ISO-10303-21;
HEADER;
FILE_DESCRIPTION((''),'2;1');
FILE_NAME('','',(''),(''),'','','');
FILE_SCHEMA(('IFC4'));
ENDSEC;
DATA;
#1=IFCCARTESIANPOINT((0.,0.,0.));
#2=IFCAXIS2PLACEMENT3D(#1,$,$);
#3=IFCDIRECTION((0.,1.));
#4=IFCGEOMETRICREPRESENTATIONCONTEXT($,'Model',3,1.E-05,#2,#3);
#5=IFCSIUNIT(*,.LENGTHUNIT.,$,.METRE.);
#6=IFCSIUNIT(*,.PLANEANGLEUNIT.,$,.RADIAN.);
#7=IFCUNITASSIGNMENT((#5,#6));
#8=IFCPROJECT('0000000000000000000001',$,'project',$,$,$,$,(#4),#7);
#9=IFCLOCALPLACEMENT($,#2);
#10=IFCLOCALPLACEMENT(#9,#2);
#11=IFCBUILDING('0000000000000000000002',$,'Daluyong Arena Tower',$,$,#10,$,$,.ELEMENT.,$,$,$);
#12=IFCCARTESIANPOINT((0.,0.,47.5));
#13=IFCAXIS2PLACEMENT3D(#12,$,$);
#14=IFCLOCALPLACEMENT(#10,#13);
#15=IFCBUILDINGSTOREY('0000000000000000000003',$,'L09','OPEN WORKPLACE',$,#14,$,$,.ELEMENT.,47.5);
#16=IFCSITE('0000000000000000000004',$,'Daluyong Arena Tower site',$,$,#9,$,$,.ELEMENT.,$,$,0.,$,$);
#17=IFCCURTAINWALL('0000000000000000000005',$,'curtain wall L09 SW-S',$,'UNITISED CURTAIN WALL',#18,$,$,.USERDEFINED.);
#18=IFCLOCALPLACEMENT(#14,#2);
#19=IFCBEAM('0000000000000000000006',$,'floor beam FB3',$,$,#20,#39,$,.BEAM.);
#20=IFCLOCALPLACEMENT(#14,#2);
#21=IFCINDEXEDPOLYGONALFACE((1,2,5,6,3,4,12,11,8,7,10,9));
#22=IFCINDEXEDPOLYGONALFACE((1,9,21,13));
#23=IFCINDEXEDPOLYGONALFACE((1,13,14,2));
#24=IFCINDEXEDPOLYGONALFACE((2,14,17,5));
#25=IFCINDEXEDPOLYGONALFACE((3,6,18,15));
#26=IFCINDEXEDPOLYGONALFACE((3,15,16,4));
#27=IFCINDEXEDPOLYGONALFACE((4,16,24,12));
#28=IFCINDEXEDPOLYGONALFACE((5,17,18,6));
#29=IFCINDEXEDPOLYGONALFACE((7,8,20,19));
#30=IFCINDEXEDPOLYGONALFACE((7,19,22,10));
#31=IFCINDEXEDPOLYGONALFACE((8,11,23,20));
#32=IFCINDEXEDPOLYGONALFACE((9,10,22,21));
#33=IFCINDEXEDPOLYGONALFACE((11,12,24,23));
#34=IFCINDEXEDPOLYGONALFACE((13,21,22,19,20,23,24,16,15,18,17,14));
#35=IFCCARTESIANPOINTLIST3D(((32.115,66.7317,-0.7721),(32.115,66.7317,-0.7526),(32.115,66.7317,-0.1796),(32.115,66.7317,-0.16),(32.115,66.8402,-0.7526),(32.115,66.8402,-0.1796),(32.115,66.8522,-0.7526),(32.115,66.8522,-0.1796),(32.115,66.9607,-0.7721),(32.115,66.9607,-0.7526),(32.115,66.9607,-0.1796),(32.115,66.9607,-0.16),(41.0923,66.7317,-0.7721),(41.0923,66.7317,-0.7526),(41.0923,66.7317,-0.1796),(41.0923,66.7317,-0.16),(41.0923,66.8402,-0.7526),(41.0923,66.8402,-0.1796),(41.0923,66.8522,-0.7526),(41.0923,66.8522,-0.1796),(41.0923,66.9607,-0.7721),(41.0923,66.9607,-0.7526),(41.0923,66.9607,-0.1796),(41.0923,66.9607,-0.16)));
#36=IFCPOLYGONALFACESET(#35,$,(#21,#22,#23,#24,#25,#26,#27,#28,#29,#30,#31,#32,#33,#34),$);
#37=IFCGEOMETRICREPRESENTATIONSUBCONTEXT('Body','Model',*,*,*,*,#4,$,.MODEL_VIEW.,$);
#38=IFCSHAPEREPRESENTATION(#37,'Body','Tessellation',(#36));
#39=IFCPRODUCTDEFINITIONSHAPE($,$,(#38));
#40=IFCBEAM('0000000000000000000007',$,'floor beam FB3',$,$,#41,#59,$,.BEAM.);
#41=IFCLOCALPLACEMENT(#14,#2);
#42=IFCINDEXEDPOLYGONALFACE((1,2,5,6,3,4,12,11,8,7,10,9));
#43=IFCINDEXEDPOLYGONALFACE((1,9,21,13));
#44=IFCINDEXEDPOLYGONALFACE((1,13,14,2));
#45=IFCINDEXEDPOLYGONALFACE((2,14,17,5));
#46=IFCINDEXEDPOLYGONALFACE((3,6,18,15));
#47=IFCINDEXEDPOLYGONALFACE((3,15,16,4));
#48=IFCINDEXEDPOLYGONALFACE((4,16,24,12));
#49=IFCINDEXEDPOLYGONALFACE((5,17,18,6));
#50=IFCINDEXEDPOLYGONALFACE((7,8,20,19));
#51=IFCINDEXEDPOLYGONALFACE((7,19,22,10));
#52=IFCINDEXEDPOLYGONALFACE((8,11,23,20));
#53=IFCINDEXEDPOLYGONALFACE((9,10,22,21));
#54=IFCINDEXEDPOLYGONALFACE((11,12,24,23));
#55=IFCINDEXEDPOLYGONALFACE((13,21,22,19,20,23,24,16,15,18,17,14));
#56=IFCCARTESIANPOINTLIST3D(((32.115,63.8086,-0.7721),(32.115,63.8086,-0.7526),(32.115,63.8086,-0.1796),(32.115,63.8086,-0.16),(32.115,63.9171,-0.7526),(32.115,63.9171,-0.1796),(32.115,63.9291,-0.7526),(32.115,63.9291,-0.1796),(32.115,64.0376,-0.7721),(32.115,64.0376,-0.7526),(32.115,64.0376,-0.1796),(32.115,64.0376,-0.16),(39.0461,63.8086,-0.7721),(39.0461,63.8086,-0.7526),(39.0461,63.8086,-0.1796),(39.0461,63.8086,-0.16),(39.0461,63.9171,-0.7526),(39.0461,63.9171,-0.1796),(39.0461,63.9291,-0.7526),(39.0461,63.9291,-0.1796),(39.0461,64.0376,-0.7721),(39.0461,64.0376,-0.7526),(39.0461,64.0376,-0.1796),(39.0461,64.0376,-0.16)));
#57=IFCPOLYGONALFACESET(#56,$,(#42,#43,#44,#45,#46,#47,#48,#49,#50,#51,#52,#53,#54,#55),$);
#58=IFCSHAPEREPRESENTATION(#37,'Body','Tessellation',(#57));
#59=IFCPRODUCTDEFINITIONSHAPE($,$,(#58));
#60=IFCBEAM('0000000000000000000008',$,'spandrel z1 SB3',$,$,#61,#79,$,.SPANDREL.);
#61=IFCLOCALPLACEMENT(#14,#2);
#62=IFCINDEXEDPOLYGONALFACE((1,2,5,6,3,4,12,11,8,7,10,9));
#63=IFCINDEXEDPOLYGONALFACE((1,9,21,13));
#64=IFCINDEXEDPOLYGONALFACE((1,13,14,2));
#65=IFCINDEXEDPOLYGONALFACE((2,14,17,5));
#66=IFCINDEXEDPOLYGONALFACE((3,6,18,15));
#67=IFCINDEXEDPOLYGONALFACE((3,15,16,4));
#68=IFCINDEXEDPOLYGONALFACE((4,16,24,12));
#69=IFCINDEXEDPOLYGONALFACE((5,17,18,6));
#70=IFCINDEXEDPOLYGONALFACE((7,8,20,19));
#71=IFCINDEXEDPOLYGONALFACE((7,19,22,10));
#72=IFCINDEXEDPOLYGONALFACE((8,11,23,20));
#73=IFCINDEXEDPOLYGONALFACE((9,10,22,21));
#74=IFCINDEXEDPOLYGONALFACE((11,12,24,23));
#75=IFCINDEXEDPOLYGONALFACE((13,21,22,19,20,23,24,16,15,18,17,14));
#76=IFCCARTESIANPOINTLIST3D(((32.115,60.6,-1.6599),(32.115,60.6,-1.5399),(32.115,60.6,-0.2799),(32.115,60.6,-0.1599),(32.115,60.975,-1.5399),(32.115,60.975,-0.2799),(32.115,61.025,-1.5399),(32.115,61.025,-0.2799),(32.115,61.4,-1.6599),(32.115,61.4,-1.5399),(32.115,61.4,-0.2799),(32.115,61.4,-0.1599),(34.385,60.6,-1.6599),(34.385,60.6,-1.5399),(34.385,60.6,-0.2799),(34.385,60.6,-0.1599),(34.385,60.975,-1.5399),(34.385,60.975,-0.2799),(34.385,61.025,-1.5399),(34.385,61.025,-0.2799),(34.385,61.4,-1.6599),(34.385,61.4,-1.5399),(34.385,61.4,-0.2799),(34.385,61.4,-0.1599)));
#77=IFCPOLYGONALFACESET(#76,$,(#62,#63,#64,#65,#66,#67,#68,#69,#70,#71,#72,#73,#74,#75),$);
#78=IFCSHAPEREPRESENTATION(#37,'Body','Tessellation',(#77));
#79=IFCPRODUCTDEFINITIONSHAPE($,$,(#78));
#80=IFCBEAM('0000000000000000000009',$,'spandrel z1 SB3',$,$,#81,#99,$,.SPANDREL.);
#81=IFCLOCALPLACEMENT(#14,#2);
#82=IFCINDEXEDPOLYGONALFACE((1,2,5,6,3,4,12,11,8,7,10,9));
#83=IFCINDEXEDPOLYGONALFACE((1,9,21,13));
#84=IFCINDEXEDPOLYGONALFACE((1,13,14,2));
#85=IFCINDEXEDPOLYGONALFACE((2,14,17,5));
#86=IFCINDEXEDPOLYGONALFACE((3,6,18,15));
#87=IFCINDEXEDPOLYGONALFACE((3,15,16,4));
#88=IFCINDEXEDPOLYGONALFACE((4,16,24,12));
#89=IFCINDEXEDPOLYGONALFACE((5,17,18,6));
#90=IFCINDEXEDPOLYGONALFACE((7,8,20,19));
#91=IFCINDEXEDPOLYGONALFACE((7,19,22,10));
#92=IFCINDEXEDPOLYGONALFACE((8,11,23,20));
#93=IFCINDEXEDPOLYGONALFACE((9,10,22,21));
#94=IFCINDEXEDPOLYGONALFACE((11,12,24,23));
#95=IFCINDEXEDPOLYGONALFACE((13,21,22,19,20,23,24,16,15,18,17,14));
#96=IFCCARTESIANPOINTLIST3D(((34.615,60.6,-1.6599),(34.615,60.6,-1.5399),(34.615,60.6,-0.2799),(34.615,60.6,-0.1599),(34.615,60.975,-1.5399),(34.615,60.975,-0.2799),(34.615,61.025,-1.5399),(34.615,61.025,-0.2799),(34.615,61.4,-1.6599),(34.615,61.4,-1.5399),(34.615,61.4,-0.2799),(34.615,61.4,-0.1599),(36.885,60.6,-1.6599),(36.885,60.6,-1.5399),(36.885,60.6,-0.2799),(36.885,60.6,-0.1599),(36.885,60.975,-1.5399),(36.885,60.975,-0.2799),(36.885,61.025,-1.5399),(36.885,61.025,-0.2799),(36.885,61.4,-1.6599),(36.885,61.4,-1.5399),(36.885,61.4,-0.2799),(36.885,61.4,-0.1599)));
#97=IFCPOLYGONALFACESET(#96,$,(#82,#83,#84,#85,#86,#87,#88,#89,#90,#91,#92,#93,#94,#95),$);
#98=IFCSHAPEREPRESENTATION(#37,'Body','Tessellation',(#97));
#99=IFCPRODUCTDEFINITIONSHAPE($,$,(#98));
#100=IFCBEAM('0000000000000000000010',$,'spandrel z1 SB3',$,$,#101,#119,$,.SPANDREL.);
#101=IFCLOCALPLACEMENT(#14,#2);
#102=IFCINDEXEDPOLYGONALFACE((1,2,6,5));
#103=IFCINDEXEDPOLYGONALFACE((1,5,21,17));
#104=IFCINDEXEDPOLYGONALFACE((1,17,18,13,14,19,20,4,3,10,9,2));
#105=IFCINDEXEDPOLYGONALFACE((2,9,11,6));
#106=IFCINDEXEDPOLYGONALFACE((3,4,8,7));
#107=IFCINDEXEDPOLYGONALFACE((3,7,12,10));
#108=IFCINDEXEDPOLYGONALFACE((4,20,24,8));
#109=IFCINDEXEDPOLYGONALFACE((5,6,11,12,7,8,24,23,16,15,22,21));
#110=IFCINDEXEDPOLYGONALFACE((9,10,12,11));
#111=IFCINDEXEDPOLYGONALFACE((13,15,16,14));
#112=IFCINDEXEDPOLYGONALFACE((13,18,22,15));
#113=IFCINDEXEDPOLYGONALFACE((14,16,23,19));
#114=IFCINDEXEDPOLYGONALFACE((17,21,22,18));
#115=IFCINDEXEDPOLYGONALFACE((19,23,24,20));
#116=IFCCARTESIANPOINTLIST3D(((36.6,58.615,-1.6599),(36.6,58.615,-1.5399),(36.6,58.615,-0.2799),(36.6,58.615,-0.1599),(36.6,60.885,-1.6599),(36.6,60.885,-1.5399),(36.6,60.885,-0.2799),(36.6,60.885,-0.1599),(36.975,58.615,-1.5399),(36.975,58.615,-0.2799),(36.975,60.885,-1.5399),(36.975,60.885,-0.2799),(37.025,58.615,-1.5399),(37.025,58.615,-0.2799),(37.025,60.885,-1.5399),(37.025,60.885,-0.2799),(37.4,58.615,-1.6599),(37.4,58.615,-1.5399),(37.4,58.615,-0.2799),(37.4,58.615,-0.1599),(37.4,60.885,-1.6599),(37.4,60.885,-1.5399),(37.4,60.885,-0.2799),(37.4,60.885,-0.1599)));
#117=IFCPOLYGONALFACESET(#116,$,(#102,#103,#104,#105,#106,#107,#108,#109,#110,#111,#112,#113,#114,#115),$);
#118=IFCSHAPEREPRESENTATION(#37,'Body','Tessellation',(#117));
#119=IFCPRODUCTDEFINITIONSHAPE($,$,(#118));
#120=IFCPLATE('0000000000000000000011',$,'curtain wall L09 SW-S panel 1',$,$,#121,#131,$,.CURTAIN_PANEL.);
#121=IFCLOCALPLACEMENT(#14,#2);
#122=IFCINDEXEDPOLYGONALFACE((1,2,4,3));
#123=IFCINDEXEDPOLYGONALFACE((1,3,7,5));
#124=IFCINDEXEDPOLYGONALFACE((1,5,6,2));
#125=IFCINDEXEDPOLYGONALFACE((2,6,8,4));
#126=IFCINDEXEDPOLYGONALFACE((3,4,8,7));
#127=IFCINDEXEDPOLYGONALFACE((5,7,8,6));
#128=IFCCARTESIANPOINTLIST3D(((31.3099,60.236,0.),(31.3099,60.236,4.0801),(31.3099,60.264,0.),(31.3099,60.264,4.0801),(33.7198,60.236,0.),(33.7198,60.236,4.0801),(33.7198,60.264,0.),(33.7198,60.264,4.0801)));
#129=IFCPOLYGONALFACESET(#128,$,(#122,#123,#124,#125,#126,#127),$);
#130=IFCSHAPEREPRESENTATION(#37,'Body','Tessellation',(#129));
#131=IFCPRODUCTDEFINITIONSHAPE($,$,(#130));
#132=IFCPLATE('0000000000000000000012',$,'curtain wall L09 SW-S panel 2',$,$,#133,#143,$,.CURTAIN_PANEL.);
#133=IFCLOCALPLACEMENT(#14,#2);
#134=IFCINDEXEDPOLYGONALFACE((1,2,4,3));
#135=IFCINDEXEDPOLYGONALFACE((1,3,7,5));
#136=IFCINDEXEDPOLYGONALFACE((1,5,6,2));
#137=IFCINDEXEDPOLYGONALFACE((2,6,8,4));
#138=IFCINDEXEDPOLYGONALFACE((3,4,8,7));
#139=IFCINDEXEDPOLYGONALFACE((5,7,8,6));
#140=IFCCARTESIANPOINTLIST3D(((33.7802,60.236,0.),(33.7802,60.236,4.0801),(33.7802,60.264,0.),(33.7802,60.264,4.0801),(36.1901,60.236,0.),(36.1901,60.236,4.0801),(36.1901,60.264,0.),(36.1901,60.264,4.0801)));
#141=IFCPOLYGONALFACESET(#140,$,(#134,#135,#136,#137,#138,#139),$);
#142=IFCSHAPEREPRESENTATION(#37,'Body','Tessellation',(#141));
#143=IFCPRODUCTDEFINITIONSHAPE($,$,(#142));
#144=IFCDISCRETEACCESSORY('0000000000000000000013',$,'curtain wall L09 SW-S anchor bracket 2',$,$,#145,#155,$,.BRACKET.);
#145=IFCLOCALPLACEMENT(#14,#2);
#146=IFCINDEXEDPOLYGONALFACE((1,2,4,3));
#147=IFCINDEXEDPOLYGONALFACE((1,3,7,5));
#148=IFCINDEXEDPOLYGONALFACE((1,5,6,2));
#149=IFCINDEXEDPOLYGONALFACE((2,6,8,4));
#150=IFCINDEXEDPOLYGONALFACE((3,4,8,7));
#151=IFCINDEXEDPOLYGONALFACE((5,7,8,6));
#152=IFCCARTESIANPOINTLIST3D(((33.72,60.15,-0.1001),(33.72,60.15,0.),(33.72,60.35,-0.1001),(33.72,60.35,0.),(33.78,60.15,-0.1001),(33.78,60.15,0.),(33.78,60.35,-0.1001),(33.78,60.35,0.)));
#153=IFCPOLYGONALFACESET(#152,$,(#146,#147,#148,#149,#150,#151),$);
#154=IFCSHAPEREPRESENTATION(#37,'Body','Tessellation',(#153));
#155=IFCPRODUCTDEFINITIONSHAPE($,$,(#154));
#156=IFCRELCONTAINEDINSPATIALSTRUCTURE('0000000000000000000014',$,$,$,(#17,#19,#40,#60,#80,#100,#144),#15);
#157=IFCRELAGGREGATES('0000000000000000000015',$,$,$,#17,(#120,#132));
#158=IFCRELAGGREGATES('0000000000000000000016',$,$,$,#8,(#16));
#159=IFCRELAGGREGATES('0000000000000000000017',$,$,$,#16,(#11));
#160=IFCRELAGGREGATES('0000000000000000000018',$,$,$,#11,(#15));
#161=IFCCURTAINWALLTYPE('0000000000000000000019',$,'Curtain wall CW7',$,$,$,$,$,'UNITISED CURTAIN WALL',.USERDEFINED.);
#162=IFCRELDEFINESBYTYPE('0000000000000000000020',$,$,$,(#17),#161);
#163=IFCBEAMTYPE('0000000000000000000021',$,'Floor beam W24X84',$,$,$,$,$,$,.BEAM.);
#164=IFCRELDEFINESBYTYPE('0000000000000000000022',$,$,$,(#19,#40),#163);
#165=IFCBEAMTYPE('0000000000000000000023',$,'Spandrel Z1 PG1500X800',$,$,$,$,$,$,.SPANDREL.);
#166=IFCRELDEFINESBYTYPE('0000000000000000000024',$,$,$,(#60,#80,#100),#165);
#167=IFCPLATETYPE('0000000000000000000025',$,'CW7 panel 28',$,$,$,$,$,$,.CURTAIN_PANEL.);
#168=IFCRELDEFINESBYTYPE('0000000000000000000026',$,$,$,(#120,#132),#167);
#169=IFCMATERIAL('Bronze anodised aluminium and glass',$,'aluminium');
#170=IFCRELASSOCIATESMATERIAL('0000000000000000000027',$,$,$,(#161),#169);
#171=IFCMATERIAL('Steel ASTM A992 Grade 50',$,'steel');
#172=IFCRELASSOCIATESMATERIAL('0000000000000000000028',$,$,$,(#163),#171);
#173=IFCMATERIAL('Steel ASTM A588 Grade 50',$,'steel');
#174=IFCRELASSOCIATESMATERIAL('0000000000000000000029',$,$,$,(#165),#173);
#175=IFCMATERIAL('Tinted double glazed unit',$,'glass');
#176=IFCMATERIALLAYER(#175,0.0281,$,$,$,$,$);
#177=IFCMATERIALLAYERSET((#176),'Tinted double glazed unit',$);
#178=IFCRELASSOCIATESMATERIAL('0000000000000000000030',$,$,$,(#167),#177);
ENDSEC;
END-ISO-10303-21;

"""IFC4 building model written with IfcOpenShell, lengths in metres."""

from ifc_helpers import new_model, si_unit, direction, frame, origin, origin_2d, place, context, subcontext, project, spatial, rectangle, i_section, extrude, material, layer, layer_set, material_profile, profile_set, type_object, element, aggregate, save


model = new_model("IFC4")

# Units and contexts
model_context = context("Model", 3, precision=1e-05, world=origin(), true_north=direction((0.0, 1.0)))
body_context = subcontext(model_context, "Body", "Model", "MODEL_VIEW")
ifc_project = project(units=[si_unit("LENGTHUNIT", "METRE"), si_unit("PLANEANGLEUNIT", "RADIAN")], contexts=[model_context])

# Site, building, storey
site_placement = place(None, origin())
site = spatial("IfcSite", under=ifc_project, at=site_placement, Name="Daluyong Arena Tower site", CompositionType="ELEMENT", RefElevation=0.0)
building_placement = place(site_placement, origin())
building = spatial("IfcBuilding", under=site, at=building_placement, Name="Daluyong Arena Tower", CompositionType="ELEMENT")
storey_placement = place(building_placement, frame((0.0, 0.0, 47.5)))
storey = spatial("IfcBuildingStorey", under=building, at=storey_placement, Name="L09", Description="OPEN WORKPLACE", CompositionType="ELEMENT", Elevation=47.5)

# Curtain wall
ifc_material_1 = material(Name="Bronze anodised aluminium and glass", Category="aluminium")
curtain_wall_type = type_object("IfcCurtainWallType", Name="Curtain wall CW7", ElementType="UNITISED CURTAIN WALL", PredefinedType="USERDEFINED", material=ifc_material_1)
curtain_wall_1_placement = place(storey_placement, origin())
curtain_wall_1 = element("IfcCurtainWall", 1, at=curtain_wall_1_placement, inside=storey, type_object=curtain_wall_type, Name="curtain wall L09 SW-S", ObjectType="UNITISED CURTAIN WALL", PredefinedType="USERDEFINED")

# Beams
ifc_material_2 = material(Name="Steel ASTM A992 Grade 50", Category="steel")
ifc_material_profile_1 = material_profile(ifc_material_2, i_section(OverallWidth=0.229, OverallDepth=0.6121, WebThickness=0.012, FlangeThickness=0.0195, at=origin_2d()))
ifc_profile_set_1 = profile_set([ifc_material_profile_1], Name="Steel ASTM A992 Grade 50")
beam_type_1 = type_object("IfcBeamType", Name="Floor beam W24X84", PredefinedType="BEAM", material=ifc_profile_set_1)
beam_1_placement = place(storey_placement, frame((32.115, 66.8462, -0.4661), z_axis=(1.0, 0.0, 0.0), x_axis=(0.0, 1.0, 0.0)))
element("IfcBeam", 2, at=beam_1_placement, inside=storey, type_object=beam_type_1, Name="floor beam FB3", PredefinedType="BEAM", context=body_context, shape_type="SweptSolid", body=[
    extrude(i_section(OverallWidth=0.229, OverallDepth=0.6121, WebThickness=0.012, FlangeThickness=0.0195, at=origin_2d()), origin(), (0.0, 0.0, 1.0), 8.9773),
])
beam_2_placement = place(storey_placement, frame((32.115, 63.9231, -0.4661), z_axis=(1.0, 0.0, 0.0), x_axis=(0.0, 1.0, 0.0)))
element("IfcBeam", 3, at=beam_2_placement, inside=storey, type_object=beam_type_1, Name="floor beam FB3", PredefinedType="BEAM", context=body_context, shape_type="SweptSolid", body=[
    extrude(i_section(OverallWidth=0.229, OverallDepth=0.6121, WebThickness=0.012, FlangeThickness=0.0195, at=origin_2d()), origin(), (0.0, 0.0, 1.0), 6.9312),
])
ifc_material_3 = material(Name="Steel ASTM A588 Grade 50", Category="steel")
ifc_material_profile_2 = material_profile(ifc_material_3, i_section(OverallWidth=0.8, OverallDepth=1.5, WebThickness=0.05, FlangeThickness=0.12, at=origin_2d()))
ifc_profile_set_2 = profile_set([ifc_material_profile_2], Name="Steel ASTM A588 Grade 50")
beam_type_2 = type_object("IfcBeamType", Name="Spandrel Z1 PG1500X800", PredefinedType="SPANDREL", material=ifc_profile_set_2)
for number, where, z_axis, x_axis, name in (
    (4, (32.115, 61.0, -0.9099), (1.0, 0.0, 0.0), (0.0, 1.0, 0.0), "spandrel z1 SB3"),
    (5, (34.615, 61.0, -0.9099), (1.0, 0.0, 0.0), (0.0, 1.0, 0.0), "spandrel z1 SB3"),
    (6, (37.0, 60.885, -0.9099), (0.0, -1.0, 0.0), (1.0, 0.0, 0.0), "spandrel z1 SB3"),
):
    element("IfcBeam", number, at=place(storey_placement, frame(where, z_axis=z_axis, x_axis=x_axis)), inside=storey, type_object=beam_type_2, Name=name, PredefinedType="SPANDREL", context=body_context, shape_type="SweptSolid", body=[
        extrude(i_section(OverallWidth=0.8, OverallDepth=1.5, WebThickness=0.05, FlangeThickness=0.12, at=origin_2d()), origin(), (0.0, 0.0, 1.0), 2.27),
    ])

# Plates
ifc_material_4 = material(Name="Tinted double glazed unit", Category="glass")
ifc_layer = layer(ifc_material_4, 0.0281)
ifc_layer_set = layer_set([ifc_layer], Name="Tinted double glazed unit")
plate_type = type_object("IfcPlateType", Name="CW7 panel 28", PredefinedType="CURTAIN_PANEL", material=ifc_layer_set)
plate_1_placement = place(storey_placement, frame((32.5149, 60.25, 0.0), z_axis=(0.0, 0.0, 1.0), x_axis=(1.0, 0.0, 0.0)))
plate_1 = element("IfcPlate", 7, at=plate_1_placement, type_object=plate_type, Name="curtain wall L09 SW-S panel 1", PredefinedType="CURTAIN_PANEL", context=body_context, shape_type="SweptSolid", body=[
    extrude(rectangle(XDim=2.4099, YDim=0.0281, at=origin_2d()), origin(), (0.0, 0.0, 1.0), 4.0801),
])
plate_2_placement = place(storey_placement, frame((34.9851, 60.25, 0.0), z_axis=(0.0, 0.0, 1.0), x_axis=(1.0, 0.0, 0.0)))
plate_2 = element("IfcPlate", 8, at=plate_2_placement, type_object=plate_type, Name="curtain wall L09 SW-S panel 2", PredefinedType="CURTAIN_PANEL", context=body_context, shape_type="SweptSolid", body=[
    extrude(rectangle(XDim=2.4099, YDim=0.0281, at=origin_2d()), origin(), (0.0, 0.0, 1.0), 4.0801),
])
aggregate(curtain_wall_1, [plate_1, plate_2])

# Discrete accessory
discrete_accessory_placement = place(storey_placement, frame((33.75, 60.25, -0.1001), z_axis=(0.0, 0.0, 1.0), x_axis=(1.0, 0.0, 0.0)))
element("IfcDiscreteAccessory", 9, at=discrete_accessory_placement, inside=storey, Name="curtain wall L09 SW-S anchor bracket 2", PredefinedType="BRACKET", context=body_context, shape_type="SweptSolid", body=[
    extrude(rectangle(XDim=0.0601, YDim=0.2, at=origin_2d()), origin(), (0.0, 0.0, 1.0), 0.1001),
])

save(model, "model.ifc")
